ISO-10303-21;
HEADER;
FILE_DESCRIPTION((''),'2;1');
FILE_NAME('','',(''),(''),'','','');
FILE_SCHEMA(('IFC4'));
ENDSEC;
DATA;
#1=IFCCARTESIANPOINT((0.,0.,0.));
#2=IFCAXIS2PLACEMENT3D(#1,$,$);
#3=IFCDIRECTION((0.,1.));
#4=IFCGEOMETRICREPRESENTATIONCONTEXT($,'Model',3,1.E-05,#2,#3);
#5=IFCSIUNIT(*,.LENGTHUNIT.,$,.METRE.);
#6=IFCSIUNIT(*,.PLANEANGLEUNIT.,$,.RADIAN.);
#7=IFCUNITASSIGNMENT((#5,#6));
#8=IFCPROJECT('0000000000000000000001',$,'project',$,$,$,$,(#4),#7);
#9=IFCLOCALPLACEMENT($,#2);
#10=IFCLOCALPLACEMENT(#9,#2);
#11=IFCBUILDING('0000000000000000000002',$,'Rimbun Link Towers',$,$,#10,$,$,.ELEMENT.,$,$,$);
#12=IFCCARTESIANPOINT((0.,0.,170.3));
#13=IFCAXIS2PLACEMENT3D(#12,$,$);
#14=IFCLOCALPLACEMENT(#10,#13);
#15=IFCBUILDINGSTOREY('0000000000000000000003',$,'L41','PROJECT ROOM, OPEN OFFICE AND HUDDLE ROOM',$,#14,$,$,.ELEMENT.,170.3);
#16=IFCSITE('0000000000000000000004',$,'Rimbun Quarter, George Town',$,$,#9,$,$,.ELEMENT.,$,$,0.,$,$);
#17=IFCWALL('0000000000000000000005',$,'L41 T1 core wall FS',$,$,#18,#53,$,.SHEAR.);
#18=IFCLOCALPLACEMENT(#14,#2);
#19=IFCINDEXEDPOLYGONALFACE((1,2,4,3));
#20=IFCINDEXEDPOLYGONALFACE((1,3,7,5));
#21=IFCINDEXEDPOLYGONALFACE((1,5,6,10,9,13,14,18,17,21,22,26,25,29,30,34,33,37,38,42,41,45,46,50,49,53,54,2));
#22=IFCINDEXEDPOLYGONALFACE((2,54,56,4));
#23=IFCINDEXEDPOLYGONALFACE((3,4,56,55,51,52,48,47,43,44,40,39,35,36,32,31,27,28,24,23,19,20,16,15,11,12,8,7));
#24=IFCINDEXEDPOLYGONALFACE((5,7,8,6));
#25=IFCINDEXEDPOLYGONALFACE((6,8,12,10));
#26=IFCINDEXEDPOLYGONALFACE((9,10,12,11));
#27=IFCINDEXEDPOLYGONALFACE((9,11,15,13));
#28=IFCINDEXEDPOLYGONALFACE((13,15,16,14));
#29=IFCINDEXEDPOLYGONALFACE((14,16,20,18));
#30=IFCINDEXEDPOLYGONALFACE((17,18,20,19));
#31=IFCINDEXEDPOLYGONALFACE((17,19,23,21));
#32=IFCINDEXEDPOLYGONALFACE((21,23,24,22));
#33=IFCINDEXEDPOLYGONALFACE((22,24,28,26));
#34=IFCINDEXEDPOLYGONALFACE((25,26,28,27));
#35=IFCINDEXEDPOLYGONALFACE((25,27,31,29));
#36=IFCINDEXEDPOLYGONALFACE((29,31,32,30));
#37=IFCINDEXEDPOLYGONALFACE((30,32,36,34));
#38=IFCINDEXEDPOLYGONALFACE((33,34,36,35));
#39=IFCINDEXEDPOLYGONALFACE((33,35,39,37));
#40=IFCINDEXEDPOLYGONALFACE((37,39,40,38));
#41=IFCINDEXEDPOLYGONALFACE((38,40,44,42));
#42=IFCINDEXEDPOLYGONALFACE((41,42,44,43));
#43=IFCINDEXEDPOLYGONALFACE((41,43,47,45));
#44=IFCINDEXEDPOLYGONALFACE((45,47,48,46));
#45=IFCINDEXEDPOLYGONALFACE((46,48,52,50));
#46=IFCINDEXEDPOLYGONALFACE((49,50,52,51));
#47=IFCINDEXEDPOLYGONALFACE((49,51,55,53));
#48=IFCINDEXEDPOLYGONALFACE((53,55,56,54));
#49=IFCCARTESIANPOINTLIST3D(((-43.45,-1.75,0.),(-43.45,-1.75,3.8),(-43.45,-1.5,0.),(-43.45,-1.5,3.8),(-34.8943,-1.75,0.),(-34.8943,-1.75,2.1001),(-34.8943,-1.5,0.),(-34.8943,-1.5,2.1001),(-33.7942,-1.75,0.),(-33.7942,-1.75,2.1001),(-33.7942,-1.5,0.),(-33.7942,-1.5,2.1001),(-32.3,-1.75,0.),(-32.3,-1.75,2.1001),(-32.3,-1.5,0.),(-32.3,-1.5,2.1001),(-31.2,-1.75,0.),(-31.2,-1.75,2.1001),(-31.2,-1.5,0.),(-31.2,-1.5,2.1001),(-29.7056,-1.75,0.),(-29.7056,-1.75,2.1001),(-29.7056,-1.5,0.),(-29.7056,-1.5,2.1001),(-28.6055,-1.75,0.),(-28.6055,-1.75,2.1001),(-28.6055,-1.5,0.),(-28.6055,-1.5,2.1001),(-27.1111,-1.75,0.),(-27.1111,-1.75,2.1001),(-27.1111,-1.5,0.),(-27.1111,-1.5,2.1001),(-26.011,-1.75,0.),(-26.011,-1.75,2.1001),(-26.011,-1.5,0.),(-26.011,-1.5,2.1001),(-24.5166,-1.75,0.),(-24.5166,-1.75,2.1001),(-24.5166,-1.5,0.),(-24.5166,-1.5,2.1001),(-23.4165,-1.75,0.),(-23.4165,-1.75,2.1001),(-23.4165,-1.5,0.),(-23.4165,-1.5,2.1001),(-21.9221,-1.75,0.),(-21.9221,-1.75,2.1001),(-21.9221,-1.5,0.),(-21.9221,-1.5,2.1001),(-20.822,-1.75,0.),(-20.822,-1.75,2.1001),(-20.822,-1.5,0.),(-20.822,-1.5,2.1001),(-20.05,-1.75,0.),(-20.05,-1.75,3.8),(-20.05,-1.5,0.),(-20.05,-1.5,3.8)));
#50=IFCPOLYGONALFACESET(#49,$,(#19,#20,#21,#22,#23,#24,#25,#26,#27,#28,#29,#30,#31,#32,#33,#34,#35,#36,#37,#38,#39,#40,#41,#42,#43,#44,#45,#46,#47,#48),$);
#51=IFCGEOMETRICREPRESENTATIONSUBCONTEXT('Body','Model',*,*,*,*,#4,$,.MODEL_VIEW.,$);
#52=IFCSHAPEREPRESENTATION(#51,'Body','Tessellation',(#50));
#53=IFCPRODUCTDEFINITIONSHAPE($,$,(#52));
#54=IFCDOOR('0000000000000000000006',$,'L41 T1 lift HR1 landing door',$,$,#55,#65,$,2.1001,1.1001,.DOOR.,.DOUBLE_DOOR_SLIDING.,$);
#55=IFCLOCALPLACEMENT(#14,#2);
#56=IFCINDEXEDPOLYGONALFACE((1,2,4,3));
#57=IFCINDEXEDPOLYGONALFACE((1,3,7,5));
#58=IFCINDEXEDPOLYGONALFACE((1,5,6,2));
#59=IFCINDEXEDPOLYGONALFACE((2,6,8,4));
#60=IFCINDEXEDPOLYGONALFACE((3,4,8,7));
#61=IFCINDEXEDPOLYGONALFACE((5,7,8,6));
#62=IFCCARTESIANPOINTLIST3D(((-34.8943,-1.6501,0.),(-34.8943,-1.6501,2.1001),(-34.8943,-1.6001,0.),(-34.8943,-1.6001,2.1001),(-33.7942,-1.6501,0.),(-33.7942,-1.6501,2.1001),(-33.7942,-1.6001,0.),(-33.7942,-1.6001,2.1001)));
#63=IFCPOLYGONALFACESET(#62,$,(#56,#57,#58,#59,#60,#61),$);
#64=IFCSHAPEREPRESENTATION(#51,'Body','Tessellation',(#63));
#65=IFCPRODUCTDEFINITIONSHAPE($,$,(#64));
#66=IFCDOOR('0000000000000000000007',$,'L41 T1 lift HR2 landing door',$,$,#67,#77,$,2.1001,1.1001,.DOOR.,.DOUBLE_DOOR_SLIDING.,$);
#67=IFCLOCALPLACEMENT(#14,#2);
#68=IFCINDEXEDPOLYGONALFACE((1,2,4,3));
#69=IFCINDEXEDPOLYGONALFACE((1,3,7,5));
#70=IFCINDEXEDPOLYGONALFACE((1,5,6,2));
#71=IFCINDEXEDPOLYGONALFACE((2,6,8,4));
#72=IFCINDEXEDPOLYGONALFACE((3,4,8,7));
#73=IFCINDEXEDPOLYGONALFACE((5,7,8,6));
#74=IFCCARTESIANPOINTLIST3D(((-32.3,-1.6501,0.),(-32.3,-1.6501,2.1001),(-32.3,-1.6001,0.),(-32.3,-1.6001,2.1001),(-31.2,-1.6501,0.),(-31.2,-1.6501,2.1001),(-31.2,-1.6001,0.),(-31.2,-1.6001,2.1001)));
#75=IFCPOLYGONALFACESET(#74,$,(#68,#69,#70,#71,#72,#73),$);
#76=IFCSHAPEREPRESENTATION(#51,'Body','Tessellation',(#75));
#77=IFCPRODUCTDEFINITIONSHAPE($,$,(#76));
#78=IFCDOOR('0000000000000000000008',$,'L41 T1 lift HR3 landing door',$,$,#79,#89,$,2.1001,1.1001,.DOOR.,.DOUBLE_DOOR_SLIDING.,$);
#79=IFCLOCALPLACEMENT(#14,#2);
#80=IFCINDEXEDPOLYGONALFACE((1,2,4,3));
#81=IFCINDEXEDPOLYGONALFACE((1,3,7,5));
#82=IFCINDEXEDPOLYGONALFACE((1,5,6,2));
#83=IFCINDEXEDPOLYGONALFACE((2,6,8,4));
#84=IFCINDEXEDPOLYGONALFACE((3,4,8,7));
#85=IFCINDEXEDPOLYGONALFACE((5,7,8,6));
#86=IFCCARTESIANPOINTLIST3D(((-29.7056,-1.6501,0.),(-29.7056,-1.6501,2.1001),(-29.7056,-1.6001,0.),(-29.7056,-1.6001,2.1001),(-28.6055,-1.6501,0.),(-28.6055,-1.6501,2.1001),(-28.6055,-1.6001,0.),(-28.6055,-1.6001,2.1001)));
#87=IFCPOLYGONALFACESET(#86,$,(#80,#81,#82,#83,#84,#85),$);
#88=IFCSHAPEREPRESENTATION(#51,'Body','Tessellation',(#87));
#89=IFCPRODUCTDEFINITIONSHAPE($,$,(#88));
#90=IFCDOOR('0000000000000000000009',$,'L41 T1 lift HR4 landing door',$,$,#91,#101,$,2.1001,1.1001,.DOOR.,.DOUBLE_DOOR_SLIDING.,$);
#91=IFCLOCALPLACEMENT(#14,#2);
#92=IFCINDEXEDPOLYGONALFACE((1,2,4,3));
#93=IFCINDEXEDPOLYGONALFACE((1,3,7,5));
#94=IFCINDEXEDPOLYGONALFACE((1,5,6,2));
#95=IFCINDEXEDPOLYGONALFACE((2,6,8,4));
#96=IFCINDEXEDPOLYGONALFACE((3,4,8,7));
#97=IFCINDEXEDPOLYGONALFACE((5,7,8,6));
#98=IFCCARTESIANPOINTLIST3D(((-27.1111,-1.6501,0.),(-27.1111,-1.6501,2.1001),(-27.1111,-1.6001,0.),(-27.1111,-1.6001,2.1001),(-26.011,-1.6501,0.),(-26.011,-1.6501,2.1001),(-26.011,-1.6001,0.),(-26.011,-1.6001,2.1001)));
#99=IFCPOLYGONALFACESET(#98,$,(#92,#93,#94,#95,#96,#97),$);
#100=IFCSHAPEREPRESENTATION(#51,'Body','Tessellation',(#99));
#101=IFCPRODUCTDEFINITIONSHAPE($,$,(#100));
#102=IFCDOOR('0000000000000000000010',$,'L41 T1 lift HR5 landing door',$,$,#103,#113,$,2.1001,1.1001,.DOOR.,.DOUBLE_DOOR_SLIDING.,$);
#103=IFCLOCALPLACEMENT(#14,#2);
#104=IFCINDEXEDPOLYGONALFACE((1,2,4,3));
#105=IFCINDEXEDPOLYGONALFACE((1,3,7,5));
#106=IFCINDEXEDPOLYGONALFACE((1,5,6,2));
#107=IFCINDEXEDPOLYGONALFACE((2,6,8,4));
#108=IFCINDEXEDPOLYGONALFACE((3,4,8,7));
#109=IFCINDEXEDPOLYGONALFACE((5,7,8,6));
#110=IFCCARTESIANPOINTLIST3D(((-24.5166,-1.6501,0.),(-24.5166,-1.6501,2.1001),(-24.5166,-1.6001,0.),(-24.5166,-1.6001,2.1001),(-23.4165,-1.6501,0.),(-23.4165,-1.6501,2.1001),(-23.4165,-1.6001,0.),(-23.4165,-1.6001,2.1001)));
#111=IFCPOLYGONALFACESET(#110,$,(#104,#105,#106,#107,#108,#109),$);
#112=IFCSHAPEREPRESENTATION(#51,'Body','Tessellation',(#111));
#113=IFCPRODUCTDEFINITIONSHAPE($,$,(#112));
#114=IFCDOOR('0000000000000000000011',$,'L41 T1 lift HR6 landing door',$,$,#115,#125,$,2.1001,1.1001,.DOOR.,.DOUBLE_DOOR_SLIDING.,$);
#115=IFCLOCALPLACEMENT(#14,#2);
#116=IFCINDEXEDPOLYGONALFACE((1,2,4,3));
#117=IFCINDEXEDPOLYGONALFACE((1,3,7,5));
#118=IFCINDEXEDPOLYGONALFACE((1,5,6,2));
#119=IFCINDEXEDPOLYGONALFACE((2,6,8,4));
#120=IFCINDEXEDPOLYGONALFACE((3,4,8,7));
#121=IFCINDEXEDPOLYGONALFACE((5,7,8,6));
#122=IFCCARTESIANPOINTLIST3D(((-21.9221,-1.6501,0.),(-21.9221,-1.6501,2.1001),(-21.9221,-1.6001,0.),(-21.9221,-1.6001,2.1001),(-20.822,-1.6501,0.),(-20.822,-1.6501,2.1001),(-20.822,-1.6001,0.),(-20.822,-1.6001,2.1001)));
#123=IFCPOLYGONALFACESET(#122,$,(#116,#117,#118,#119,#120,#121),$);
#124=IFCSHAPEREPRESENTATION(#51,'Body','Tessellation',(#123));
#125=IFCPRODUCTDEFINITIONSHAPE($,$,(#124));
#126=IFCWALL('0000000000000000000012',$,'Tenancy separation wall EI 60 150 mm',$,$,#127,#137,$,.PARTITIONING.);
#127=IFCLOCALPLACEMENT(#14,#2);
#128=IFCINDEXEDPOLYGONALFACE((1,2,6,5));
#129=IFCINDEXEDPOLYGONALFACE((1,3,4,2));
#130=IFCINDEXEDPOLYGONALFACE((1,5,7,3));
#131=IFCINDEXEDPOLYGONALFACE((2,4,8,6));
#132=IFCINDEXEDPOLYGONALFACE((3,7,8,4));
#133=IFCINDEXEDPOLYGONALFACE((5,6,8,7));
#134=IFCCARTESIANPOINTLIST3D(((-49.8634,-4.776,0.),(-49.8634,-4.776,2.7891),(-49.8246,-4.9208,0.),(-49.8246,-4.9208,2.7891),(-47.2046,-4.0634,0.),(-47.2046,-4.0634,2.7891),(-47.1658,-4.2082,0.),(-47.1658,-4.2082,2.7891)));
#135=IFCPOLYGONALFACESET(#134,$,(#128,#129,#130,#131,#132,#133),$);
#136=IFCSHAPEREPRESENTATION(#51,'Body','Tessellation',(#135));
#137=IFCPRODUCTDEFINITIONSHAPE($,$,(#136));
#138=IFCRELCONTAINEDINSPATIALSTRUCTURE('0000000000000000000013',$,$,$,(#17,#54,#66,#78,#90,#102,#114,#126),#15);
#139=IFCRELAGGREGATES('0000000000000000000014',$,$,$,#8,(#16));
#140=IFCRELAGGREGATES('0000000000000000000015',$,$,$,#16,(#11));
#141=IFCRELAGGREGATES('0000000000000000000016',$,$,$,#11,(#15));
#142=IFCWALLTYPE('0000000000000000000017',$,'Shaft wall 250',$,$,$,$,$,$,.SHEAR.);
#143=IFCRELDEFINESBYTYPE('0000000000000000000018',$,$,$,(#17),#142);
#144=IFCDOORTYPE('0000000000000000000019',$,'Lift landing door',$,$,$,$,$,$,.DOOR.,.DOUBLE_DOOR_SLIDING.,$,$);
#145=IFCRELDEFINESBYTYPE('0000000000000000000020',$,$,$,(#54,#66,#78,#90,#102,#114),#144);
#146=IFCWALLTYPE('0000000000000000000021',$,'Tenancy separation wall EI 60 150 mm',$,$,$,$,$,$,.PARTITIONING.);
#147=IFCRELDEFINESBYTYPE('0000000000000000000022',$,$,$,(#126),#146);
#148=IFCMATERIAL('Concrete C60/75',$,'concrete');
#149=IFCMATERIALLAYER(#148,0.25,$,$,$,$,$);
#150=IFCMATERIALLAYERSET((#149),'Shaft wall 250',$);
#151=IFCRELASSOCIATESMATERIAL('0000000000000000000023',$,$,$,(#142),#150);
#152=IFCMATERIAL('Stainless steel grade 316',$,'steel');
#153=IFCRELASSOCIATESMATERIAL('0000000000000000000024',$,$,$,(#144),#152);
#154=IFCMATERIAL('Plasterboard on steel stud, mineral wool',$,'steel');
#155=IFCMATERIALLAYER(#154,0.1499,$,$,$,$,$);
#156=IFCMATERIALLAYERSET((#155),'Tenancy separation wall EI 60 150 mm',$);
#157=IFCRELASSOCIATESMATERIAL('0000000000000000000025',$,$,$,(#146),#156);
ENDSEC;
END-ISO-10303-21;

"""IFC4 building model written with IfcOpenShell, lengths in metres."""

from ifc_helpers import new_model, si_unit, direction, frame, frame_2d, origin, place, context, subcontext, project, spatial, rectangle, extrude, material, layer, layer_set, type_object, element, fill, save


model = new_model("IFC4")

# Units and contexts
model_context = context("Model", 3, precision=1e-05, world=origin(), true_north=direction((0.0, 1.0)))
body_context = subcontext(model_context, "Body", "Model", "MODEL_VIEW")
ifc_project = project(units=[si_unit("LENGTHUNIT", "METRE"), si_unit("PLANEANGLEUNIT", "RADIAN")], contexts=[model_context])

# Site, building, storey
site_placement = place(None, origin())
site = spatial("IfcSite", under=ifc_project, at=site_placement, Name="Rimbun Quarter, George Town", CompositionType="ELEMENT", RefElevation=0.0)
building_placement = place(site_placement, origin())
building = spatial("IfcBuilding", under=site, at=building_placement, Name="Rimbun Link Towers", CompositionType="ELEMENT")
storey_placement = place(building_placement, frame((0.0, 0.0, 170.3)))
storey = spatial("IfcBuildingStorey", under=building, at=storey_placement, Name="L41", Description="PROJECT ROOM, OPEN OFFICE AND HUDDLE ROOM", CompositionType="ELEMENT", Elevation=170.3)

# Wall, openings, doors
ifc_material_1 = material(Name="Concrete C60/75", Category="concrete")
ifc_layer_1 = layer(ifc_material_1, 0.25)
ifc_layer_set_1 = layer_set([ifc_layer_1], Name="Shaft wall 250")
wall_type_1 = type_object("IfcWallType", Name="Shaft wall 250", PredefinedType="SHEAR", material=ifc_layer_set_1)
wall_1_placement = place(storey_placement, frame((-43.45, -1.625, 0.0), z_axis=(0.0, 0.0, 1.0), x_axis=(1.0, 0.0, 0.0)))
wall_1 = element("IfcWall", 1, at=wall_1_placement, inside=storey, type_object=wall_type_1, Name="L41 T1 core wall FS", PredefinedType="SHEAR", context=body_context, shape_type="SweptSolid", body=[
    extrude(rectangle(XDim=23.3999, YDim=0.25, at=frame_2d((11.7, 0.0))), origin(), (0.0, 0.0, 1.0), 3.8),
])
opening_1_placement = place(wall_1_placement, frame((8.5557, 0.0, 0.0)))
opening_1 = element("IfcOpeningElement", 2, at=opening_1_placement, cuts=wall_1, PredefinedType="OPENING", context=body_context, shape_type="SweptSolid", body=[
    extrude(rectangle(XDim=1.1001, YDim=2.1001, at=frame_2d((0.55, 1.05))), frame((0.0, 0.135, 0.0), z_axis=(0.0, -1.0, 0.0), x_axis=(1.0, 0.0, 0.0)), (0.0, 0.0, 1.0), 0.27),
])
opening_2_placement = place(wall_1_placement, frame((11.1499, 0.0, 0.0)))
opening_2 = element("IfcOpeningElement", 3, at=opening_2_placement, cuts=wall_1, PredefinedType="OPENING", context=body_context, shape_type="SweptSolid", body=[
    extrude(rectangle(XDim=1.1001, YDim=2.1001, at=frame_2d((0.55, 1.05))), frame((0.0, 0.135, 0.0), z_axis=(0.0, -1.0, 0.0), x_axis=(1.0, 0.0, 0.0)), (0.0, 0.0, 1.0), 0.27),
])
opening_3_placement = place(wall_1_placement, frame((13.7444, 0.0, 0.0)))
opening_3 = element("IfcOpeningElement", 4, at=opening_3_placement, cuts=wall_1, PredefinedType="OPENING", context=body_context, shape_type="SweptSolid", body=[
    extrude(rectangle(XDim=1.1001, YDim=2.1001, at=frame_2d((0.55, 1.05))), frame((0.0, 0.135, 0.0), z_axis=(0.0, -1.0, 0.0), x_axis=(1.0, 0.0, 0.0)), (0.0, 0.0, 1.0), 0.27),
])
opening_4_placement = place(wall_1_placement, frame((16.3389, 0.0, 0.0)))
opening_4 = element("IfcOpeningElement", 5, at=opening_4_placement, cuts=wall_1, PredefinedType="OPENING", context=body_context, shape_type="SweptSolid", body=[
    extrude(rectangle(XDim=1.1001, YDim=2.1001, at=frame_2d((0.55, 1.05))), frame((0.0, 0.135, 0.0), z_axis=(0.0, -1.0, 0.0), x_axis=(1.0, 0.0, 0.0)), (0.0, 0.0, 1.0), 0.27),
])
opening_5_placement = place(wall_1_placement, frame((18.9333, 0.0, 0.0)))
opening_5 = element("IfcOpeningElement", 6, at=opening_5_placement, cuts=wall_1, PredefinedType="OPENING", context=body_context, shape_type="SweptSolid", body=[
    extrude(rectangle(XDim=1.1001, YDim=2.1001, at=frame_2d((0.55, 1.05))), frame((0.0, 0.135, 0.0), z_axis=(0.0, -1.0, 0.0), x_axis=(1.0, 0.0, 0.0)), (0.0, 0.0, 1.0), 0.27),
])
opening_6_placement = place(wall_1_placement, frame((21.5278, 0.0, 0.0)))
opening_6 = element("IfcOpeningElement", 7, at=opening_6_placement, cuts=wall_1, PredefinedType="OPENING", context=body_context, shape_type="SweptSolid", body=[
    extrude(rectangle(XDim=1.1001, YDim=2.1001, at=frame_2d((0.55, 1.05))), frame((0.0, 0.135, 0.0), z_axis=(0.0, -1.0, 0.0), x_axis=(1.0, 0.0, 0.0)), (0.0, 0.0, 1.0), 0.27),
])
ifc_material_2 = material(Name="Stainless steel grade 316", Category="steel")
door_type_1 = type_object("IfcDoorType", Name="Lift landing door", OperationType="DOUBLE_DOOR_SLIDING", PredefinedType="DOOR", material=ifc_material_2)
door_1_placement = place(opening_1_placement, origin())
door_1 = element("IfcDoor", 8, at=door_1_placement, inside=storey, type_object=door_type_1, Name="L41 T1 lift HR1 landing door", OperationType="DOUBLE_DOOR_SLIDING", OverallHeight=2.1001, OverallWidth=1.1001, PredefinedType="DOOR", context=body_context, shape_type="SweptSolid", body=[
    extrude(rectangle(XDim=1.1001, YDim=2.1001, at=frame_2d((0.55, 1.05))), frame((0.0, 0.0249, 0.0), z_axis=(0.0, -1.0, 0.0), x_axis=(1.0, 0.0, 0.0)), (0.0, 0.0, 1.0), 0.05),
])
fill(opening_1, door_1)
door_2_placement = place(opening_2_placement, origin())
door_2 = element("IfcDoor", 9, at=door_2_placement, inside=storey, type_object=door_type_1, Name="L41 T1 lift HR2 landing door", OperationType="DOUBLE_DOOR_SLIDING", OverallHeight=2.1001, OverallWidth=1.1001, PredefinedType="DOOR", context=body_context, shape_type="SweptSolid", body=[
    extrude(rectangle(XDim=1.1001, YDim=2.1001, at=frame_2d((0.55, 1.05))), frame((0.0, 0.0249, 0.0), z_axis=(0.0, -1.0, 0.0), x_axis=(1.0, 0.0, 0.0)), (0.0, 0.0, 1.0), 0.05),
])
fill(opening_2, door_2)
door_3_placement = place(opening_3_placement, origin())
door_3 = element("IfcDoor", 10, at=door_3_placement, inside=storey, type_object=door_type_1, Name="L41 T1 lift HR3 landing door", OperationType="DOUBLE_DOOR_SLIDING", OverallHeight=2.1001, OverallWidth=1.1001, PredefinedType="DOOR", context=body_context, shape_type="SweptSolid", body=[
    extrude(rectangle(XDim=1.1001, YDim=2.1001, at=frame_2d((0.55, 1.05))), frame((0.0, 0.0249, 0.0), z_axis=(0.0, -1.0, 0.0), x_axis=(1.0, 0.0, 0.0)), (0.0, 0.0, 1.0), 0.05),
])
fill(opening_3, door_3)
door_4_placement = place(opening_4_placement, origin())
door_4 = element("IfcDoor", 11, at=door_4_placement, inside=storey, type_object=door_type_1, Name="L41 T1 lift HR4 landing door", OperationType="DOUBLE_DOOR_SLIDING", OverallHeight=2.1001, OverallWidth=1.1001, PredefinedType="DOOR", context=body_context, shape_type="SweptSolid", body=[
    extrude(rectangle(XDim=1.1001, YDim=2.1001, at=frame_2d((0.55, 1.05))), frame((0.0, 0.0249, 0.0), z_axis=(0.0, -1.0, 0.0), x_axis=(1.0, 0.0, 0.0)), (0.0, 0.0, 1.0), 0.05),
])
fill(opening_4, door_4)
door_5_placement = place(opening_5_placement, origin())
door_5 = element("IfcDoor", 12, at=door_5_placement, inside=storey, type_object=door_type_1, Name="L41 T1 lift HR5 landing door", OperationType="DOUBLE_DOOR_SLIDING", OverallHeight=2.1001, OverallWidth=1.1001, PredefinedType="DOOR", context=body_context, shape_type="SweptSolid", body=[
    extrude(rectangle(XDim=1.1001, YDim=2.1001, at=frame_2d((0.55, 1.05))), frame((0.0, 0.0249, 0.0), z_axis=(0.0, -1.0, 0.0), x_axis=(1.0, 0.0, 0.0)), (0.0, 0.0, 1.0), 0.05),
])
fill(opening_5, door_5)
door_6_placement = place(opening_6_placement, origin())
door_6 = element("IfcDoor", 13, at=door_6_placement, inside=storey, type_object=door_type_1, Name="L41 T1 lift HR6 landing door", OperationType="DOUBLE_DOOR_SLIDING", OverallHeight=2.1001, OverallWidth=1.1001, PredefinedType="DOOR", context=body_context, shape_type="SweptSolid", body=[
    extrude(rectangle(XDim=1.1001, YDim=2.1001, at=frame_2d((0.55, 1.05))), frame((0.0, 0.0249, 0.0), z_axis=(0.0, -1.0, 0.0), x_axis=(1.0, 0.0, 0.0)), (0.0, 0.0, 1.0), 0.05),
])
fill(opening_6, door_6)

# Wall
ifc_material_3 = material(Name="Plasterboard on steel stud, mineral wool", Category="steel")
ifc_layer_2 = layer(ifc_material_3, 0.1499)
ifc_layer_set_2 = layer_set([ifc_layer_2], Name="Tenancy separation wall EI 60 150 mm")
wall_type_2 = type_object("IfcWallType", Name="Tenancy separation wall EI 60 150 mm", PredefinedType="PARTITIONING", material=ifc_layer_set_2)
wall_2_placement = place(storey_placement, frame((-47.1851, -4.1357, 0.0), z_axis=(0.0, 0.0, 1.0), x_axis=(-0.965909, -0.258882, 0.0)))
element("IfcWall", 14, at=wall_2_placement, inside=storey, type_object=wall_type_2, Name="Tenancy separation wall EI 60 150 mm", PredefinedType="PARTITIONING", context=body_context, shape_type="SweptSolid", body=[
    extrude(rectangle(XDim=2.7527, YDim=0.1499, at=frame_2d((1.3765, 0.0))), origin(), (0.0, 0.0, 1.0), 2.7891),
])

save(model, "model.ifc")
